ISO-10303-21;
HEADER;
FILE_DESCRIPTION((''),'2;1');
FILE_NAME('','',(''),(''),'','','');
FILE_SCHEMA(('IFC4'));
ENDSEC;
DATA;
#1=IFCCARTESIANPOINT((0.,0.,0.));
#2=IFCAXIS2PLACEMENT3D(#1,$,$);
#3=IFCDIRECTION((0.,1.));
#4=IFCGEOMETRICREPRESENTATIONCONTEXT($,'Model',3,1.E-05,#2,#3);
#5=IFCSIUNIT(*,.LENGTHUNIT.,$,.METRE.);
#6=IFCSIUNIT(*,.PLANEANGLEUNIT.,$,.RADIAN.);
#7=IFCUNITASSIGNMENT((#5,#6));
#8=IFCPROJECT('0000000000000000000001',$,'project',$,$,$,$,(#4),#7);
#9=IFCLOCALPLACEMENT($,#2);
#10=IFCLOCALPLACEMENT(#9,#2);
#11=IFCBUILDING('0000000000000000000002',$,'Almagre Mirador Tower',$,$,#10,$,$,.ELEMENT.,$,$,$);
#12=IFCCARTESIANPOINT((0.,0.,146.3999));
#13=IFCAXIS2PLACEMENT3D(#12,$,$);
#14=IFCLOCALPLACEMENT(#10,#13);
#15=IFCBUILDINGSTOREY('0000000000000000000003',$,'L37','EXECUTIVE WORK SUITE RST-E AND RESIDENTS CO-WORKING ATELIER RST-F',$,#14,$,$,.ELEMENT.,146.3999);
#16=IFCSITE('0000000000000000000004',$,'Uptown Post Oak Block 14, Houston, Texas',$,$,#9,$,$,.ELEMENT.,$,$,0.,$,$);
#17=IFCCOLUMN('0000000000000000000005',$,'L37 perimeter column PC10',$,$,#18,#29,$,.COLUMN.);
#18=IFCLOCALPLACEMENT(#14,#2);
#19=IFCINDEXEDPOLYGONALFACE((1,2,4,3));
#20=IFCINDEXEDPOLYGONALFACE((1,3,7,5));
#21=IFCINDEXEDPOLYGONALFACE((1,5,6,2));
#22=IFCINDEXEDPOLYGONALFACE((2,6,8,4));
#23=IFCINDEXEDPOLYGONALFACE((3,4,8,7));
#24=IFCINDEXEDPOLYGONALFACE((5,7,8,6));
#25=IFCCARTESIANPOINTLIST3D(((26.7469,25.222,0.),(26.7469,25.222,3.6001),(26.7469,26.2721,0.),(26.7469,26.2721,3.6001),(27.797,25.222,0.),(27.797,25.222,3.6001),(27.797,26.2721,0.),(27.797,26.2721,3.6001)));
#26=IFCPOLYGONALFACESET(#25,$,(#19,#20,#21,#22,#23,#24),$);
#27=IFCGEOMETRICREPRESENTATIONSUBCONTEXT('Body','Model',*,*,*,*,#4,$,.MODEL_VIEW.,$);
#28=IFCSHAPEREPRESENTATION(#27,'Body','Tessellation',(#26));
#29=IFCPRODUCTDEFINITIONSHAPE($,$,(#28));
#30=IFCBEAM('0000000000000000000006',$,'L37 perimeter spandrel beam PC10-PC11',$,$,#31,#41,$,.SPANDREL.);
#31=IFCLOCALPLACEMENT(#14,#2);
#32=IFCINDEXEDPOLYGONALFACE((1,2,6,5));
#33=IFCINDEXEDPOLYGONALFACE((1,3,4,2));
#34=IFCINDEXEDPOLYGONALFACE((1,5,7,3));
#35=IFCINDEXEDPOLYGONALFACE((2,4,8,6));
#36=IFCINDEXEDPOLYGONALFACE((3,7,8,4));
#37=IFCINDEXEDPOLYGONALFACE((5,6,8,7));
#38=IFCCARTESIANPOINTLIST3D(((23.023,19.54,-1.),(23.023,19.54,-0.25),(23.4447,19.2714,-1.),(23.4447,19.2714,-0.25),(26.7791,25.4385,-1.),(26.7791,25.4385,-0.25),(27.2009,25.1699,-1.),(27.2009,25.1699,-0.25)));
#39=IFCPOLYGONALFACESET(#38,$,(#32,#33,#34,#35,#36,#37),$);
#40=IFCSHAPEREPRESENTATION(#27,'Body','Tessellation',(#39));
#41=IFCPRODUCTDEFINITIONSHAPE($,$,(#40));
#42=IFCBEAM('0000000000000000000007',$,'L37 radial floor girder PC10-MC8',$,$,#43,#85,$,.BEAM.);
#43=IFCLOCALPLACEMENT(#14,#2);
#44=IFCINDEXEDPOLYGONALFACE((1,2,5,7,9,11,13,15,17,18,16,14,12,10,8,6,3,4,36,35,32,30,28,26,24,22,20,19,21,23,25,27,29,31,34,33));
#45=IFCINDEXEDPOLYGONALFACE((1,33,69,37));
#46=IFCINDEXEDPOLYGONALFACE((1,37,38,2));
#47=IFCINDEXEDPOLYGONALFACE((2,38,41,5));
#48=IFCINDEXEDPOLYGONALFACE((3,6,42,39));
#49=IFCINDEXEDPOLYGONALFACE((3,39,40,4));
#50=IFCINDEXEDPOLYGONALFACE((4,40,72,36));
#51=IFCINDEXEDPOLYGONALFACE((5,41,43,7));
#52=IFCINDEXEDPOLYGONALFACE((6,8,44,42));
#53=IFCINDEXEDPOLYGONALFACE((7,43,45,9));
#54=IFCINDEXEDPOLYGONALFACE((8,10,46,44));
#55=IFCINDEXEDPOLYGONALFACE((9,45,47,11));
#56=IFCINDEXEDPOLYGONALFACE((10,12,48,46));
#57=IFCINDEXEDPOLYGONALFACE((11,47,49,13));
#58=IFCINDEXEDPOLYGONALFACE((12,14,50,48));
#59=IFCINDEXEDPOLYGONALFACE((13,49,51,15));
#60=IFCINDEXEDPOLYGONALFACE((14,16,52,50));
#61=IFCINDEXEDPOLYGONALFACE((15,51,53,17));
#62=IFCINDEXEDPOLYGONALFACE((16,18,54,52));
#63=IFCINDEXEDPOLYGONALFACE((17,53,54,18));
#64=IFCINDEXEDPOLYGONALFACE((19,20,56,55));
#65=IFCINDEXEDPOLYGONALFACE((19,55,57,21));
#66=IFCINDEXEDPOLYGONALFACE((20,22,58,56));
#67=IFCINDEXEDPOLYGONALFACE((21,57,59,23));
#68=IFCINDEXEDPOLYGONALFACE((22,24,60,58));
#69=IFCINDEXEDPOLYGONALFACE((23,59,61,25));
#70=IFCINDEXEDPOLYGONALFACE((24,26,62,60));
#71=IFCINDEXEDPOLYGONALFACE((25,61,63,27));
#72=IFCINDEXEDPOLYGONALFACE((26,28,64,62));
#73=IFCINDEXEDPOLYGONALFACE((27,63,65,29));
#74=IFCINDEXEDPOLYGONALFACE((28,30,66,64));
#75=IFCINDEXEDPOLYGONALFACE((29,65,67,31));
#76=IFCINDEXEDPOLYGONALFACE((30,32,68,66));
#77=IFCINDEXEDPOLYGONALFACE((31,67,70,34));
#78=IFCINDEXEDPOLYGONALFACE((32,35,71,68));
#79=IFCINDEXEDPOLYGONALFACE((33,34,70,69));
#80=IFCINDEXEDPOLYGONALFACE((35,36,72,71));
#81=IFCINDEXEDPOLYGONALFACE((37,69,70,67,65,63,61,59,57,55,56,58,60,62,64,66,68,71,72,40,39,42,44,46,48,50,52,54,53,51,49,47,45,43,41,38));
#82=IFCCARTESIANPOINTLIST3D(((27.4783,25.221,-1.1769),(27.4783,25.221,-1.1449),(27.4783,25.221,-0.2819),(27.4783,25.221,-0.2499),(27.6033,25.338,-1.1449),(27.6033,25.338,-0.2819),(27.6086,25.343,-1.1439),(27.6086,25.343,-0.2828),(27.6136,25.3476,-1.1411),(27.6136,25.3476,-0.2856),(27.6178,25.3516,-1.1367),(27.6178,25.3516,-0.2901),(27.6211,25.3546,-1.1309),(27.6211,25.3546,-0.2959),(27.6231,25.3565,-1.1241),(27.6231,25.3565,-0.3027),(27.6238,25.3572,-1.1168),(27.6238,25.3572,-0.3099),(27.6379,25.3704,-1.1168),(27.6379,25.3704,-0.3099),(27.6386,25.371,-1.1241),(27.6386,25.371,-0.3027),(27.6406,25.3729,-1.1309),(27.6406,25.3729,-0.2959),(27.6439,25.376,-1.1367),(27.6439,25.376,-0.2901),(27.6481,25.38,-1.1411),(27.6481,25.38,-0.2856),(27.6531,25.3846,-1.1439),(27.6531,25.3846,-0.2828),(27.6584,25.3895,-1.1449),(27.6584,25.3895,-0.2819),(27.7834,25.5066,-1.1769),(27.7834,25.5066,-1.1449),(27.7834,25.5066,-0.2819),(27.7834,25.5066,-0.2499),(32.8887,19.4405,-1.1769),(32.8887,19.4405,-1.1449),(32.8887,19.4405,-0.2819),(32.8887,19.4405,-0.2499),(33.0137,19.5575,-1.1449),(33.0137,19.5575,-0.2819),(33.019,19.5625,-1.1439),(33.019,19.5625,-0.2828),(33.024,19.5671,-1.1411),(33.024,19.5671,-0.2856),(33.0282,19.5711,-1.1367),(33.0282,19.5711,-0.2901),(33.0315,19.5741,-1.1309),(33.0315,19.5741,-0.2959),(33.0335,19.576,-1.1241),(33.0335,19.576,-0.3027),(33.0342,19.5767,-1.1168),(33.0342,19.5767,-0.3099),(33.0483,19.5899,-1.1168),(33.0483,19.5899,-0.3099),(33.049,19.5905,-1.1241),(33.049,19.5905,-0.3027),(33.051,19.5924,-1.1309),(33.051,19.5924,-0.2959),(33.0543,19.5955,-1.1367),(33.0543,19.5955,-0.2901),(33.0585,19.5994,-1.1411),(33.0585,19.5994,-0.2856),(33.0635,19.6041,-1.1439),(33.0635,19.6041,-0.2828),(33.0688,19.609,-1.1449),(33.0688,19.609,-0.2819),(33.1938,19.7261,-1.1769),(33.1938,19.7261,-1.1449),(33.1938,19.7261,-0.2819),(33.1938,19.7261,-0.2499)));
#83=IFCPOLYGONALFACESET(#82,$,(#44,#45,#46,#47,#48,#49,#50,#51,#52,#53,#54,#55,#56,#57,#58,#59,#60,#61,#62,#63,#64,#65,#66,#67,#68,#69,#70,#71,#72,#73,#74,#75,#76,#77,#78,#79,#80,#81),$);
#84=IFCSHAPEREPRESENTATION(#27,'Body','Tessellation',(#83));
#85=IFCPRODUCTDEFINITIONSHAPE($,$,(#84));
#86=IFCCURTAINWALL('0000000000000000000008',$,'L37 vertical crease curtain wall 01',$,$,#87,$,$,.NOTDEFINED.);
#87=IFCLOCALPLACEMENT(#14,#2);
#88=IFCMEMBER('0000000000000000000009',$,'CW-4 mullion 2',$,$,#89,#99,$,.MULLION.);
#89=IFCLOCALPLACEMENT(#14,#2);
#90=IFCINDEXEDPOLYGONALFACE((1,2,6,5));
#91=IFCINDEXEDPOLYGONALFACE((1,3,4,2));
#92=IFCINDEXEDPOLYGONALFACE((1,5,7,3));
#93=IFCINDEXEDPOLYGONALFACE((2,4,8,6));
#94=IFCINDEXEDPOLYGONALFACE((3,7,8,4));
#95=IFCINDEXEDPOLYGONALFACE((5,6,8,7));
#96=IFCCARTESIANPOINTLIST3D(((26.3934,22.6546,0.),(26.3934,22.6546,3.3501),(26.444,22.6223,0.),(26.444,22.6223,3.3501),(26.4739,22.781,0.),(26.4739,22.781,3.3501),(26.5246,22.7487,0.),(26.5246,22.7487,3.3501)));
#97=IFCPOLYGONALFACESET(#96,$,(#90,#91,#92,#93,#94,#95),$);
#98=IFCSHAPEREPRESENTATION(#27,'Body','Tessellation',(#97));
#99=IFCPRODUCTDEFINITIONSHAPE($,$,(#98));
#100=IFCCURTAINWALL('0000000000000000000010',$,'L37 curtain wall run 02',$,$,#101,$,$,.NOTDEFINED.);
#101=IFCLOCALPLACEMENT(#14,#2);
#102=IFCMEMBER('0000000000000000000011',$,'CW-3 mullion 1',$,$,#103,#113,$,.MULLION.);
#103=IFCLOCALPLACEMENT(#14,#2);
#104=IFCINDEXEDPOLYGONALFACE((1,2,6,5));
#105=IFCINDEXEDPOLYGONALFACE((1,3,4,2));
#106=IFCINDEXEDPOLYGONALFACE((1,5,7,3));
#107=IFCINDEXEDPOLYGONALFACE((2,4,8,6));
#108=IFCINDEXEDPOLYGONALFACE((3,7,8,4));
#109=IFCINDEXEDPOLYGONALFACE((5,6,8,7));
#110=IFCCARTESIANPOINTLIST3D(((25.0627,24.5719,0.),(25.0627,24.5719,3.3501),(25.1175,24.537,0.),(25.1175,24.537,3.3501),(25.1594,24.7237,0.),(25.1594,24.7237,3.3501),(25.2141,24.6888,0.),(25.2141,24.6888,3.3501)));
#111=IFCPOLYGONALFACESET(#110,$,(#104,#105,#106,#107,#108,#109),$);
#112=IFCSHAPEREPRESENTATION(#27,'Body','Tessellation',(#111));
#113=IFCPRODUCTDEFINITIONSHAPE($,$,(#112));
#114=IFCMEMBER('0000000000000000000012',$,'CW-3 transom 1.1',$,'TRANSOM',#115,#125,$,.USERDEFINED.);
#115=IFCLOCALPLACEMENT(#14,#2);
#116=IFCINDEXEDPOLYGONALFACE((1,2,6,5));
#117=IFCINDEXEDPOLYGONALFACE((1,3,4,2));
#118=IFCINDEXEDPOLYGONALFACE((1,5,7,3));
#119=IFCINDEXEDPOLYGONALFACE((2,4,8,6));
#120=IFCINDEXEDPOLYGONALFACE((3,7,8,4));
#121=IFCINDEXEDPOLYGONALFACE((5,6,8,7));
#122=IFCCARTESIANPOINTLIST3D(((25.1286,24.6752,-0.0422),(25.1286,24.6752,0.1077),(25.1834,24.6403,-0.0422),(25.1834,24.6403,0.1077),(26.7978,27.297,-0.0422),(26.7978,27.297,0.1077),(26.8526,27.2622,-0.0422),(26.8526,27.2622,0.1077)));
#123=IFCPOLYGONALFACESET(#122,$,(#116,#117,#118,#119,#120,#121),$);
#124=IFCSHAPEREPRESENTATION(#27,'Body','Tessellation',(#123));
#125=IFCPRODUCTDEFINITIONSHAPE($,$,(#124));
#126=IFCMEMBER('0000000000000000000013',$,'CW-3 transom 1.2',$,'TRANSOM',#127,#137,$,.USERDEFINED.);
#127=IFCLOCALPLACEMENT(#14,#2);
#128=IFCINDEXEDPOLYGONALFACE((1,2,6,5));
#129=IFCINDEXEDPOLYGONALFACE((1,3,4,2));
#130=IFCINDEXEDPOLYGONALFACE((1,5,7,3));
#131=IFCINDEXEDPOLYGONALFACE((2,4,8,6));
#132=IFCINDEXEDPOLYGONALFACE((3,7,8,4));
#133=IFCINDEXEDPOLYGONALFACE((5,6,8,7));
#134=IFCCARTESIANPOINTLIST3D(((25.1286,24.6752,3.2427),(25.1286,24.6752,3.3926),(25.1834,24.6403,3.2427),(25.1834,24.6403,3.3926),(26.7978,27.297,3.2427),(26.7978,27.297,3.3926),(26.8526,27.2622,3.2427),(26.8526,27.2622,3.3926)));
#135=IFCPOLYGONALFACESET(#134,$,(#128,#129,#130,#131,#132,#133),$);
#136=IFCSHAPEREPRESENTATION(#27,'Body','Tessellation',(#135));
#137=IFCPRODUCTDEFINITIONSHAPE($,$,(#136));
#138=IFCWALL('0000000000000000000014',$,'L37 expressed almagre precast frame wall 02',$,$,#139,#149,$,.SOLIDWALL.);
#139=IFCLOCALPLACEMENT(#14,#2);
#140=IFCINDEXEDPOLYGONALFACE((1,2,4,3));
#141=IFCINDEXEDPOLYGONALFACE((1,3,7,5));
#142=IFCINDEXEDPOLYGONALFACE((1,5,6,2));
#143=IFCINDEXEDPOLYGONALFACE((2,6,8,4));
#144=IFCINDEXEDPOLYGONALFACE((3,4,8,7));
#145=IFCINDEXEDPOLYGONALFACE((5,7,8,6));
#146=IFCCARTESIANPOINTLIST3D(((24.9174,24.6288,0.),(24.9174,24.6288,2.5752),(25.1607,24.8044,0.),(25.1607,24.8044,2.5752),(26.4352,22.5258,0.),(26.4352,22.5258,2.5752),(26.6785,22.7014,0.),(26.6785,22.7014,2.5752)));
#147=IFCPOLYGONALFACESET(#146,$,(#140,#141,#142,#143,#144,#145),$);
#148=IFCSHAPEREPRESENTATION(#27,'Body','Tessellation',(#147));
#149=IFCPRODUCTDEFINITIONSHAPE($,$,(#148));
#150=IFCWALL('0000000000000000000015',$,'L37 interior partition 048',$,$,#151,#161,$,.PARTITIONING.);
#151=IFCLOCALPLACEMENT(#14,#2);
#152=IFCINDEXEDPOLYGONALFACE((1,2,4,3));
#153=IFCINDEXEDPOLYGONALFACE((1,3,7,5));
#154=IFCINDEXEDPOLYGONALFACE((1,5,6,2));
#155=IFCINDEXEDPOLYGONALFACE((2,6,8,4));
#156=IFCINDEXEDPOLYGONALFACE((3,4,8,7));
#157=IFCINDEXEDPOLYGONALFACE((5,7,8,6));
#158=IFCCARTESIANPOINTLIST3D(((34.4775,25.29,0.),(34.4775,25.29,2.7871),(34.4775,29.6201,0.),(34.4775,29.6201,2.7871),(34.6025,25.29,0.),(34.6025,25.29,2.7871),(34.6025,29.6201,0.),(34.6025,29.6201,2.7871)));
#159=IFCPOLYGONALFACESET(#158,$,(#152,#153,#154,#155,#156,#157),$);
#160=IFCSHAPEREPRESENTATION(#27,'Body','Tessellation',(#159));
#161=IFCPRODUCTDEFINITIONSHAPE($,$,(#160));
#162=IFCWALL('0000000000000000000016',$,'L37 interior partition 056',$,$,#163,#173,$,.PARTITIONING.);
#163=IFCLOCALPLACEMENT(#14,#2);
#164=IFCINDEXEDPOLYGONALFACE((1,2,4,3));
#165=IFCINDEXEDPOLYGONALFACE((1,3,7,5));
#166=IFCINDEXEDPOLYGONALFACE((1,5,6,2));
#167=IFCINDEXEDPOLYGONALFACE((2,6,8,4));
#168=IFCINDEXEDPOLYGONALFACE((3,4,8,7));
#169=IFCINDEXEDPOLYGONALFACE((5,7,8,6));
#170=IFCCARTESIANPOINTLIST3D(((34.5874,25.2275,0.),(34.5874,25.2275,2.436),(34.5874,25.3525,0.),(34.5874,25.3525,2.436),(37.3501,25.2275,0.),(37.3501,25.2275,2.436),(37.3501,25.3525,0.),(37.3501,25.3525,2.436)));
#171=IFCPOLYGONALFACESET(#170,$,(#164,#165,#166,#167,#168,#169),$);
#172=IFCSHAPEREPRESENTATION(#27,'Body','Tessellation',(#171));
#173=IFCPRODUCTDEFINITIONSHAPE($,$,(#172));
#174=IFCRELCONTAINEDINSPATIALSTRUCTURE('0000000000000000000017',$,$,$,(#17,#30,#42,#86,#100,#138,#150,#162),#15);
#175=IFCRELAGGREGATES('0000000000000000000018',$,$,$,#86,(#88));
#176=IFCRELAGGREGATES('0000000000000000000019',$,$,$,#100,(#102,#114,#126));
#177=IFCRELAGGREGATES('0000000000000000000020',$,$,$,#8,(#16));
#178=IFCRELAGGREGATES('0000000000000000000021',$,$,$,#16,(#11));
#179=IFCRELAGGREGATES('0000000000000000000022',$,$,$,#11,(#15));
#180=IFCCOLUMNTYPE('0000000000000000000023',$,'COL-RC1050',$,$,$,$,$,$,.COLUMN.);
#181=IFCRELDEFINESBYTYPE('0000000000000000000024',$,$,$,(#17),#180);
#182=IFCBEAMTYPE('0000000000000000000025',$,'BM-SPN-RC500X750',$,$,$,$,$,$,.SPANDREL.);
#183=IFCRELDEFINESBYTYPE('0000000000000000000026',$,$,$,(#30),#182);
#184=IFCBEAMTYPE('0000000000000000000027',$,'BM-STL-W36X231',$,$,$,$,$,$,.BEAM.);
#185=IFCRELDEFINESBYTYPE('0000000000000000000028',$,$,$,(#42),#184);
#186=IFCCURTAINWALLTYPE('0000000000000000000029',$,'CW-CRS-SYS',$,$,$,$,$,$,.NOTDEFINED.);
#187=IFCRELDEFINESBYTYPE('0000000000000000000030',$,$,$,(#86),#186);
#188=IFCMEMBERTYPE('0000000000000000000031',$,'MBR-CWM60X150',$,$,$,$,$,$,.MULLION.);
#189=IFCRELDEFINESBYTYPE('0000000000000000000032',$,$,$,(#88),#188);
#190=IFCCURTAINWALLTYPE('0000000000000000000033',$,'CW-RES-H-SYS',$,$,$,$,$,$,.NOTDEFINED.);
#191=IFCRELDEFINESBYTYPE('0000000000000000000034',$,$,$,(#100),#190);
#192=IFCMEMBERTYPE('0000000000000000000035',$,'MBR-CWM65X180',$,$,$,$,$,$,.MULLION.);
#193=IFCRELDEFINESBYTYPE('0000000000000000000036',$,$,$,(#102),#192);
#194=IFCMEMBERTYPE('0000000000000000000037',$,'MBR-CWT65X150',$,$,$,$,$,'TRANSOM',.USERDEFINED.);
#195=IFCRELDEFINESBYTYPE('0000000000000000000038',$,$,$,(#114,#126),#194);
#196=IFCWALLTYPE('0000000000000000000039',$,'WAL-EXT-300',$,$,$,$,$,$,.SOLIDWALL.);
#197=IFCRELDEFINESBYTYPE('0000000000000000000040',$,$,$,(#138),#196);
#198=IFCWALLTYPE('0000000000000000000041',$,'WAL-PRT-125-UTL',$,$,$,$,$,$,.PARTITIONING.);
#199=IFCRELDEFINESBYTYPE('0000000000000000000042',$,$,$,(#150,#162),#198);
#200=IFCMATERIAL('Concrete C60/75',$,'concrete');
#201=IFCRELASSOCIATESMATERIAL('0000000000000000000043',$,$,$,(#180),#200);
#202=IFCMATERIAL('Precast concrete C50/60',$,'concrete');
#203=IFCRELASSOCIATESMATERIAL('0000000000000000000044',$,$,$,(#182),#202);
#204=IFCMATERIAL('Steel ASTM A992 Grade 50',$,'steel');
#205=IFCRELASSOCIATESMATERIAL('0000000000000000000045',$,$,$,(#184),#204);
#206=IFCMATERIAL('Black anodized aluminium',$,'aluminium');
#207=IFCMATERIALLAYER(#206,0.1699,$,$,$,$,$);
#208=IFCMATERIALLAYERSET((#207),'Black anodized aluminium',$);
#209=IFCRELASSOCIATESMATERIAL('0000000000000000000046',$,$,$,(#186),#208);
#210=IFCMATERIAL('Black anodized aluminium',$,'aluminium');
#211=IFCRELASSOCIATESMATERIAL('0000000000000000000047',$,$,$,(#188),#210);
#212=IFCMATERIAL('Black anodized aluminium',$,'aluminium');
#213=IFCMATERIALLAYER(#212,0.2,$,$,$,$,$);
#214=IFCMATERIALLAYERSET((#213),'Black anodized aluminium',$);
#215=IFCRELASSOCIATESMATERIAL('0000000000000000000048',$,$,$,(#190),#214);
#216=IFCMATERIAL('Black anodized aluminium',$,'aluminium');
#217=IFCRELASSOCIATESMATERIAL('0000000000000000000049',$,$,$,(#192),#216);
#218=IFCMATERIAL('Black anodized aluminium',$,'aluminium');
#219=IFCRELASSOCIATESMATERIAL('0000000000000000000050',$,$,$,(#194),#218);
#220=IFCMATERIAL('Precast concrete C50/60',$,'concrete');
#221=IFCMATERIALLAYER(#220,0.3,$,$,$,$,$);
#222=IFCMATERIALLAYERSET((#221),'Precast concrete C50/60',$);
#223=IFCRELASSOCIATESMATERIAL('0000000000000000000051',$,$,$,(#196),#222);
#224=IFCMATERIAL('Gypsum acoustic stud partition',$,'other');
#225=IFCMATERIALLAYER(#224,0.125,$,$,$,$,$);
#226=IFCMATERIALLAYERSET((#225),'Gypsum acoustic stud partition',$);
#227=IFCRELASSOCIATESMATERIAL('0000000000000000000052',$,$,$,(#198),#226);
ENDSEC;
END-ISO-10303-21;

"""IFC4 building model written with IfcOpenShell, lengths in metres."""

from ifc_helpers import new_model, si_unit, direction, frame, frame_2d, origin, origin_2d, place, context, subcontext, project, spatial, rectangle, i_section, extrude, material, layer, layer_set, material_profile, profile_set, type_object, element, aggregate, save


model = new_model("IFC4")

# Units and contexts
model_context = context("Model", 3, precision=1e-05, world=origin(), true_north=direction((0.0, 1.0)))
body_context = subcontext(model_context, "Body", "Model", "MODEL_VIEW")
ifc_project = project(units=[si_unit("LENGTHUNIT", "METRE"), si_unit("PLANEANGLEUNIT", "RADIAN")], contexts=[model_context])

# Site, building, storey
site_placement = place(None, origin())
site = spatial("IfcSite", under=ifc_project, at=site_placement, Name="Uptown Post Oak Block 14, Houston, Texas", CompositionType="ELEMENT", RefElevation=0.0)
building_placement = place(site_placement, origin())
building = spatial("IfcBuilding", under=site, at=building_placement, Name="Almagre Mirador Tower", CompositionType="ELEMENT")
storey_placement = place(building_placement, frame((0.0, 0.0, 146.3999)))
storey = spatial("IfcBuildingStorey", under=building, at=storey_placement, Name="L37", Description="EXECUTIVE WORK SUITE RST-E AND RESIDENTS CO-WORKING ATELIER RST-F", CompositionType="ELEMENT", Elevation=146.3999)

# Column
ifc_material_1 = material(Name="Concrete C60/75", Category="concrete")
ifc_material_profile_1 = material_profile(ifc_material_1, rectangle(XDim=1.05, YDim=1.05, at=origin_2d()), Name="RC1050X1050")
ifc_profile_set_1 = profile_set([ifc_material_profile_1], Name="Concrete C60/75")
column_type = type_object("IfcColumnType", Name="COL-RC1050", PredefinedType="COLUMN", material=ifc_profile_set_1)
column_placement = place(storey_placement, frame((27.272, 25.7471, 0.0), z_axis=(0.0, 0.0, 1.0), x_axis=(1.0, 0.0, 0.0)))
element("IfcColumn", 1, at=column_placement, inside=storey, type_object=column_type, Name="L37 perimeter column PC10", PredefinedType="COLUMN", context=body_context, shape_type="SweptSolid", body=[
    extrude(rectangle(XDim=1.05, YDim=1.05, at=origin_2d()), origin(), (0.0, 0.0, 1.0), 3.6001),
])

# Beams
ifc_material_2 = material(Name="Precast concrete C50/60", Category="concrete")
ifc_material_profile_2 = material_profile(ifc_material_2, rectangle(XDim=0.5, YDim=0.75, at=origin_2d()), Name="RC500X750")
ifc_profile_set_2 = profile_set([ifc_material_profile_2], Name="Precast concrete C50/60")
beam_type_1 = type_object("IfcBeamType", Name="BM-SPN-RC500X750", PredefinedType="SPANDREL", material=ifc_profile_set_2)
beam_1_placement = place(storey_placement, frame((26.99, 25.3042, -0.625), z_axis=(-0.537135, -0.843496, 0.0), x_axis=(0.843496, -0.537135, 0.0)))
element("IfcBeam", 2, at=beam_1_placement, inside=storey, type_object=beam_type_1, Name="L37 perimeter spandrel beam PC10-PC11", PredefinedType="SPANDREL", context=body_context, shape_type="SweptSolid", body=[
    extrude(rectangle(XDim=0.5, YDim=0.75, at=origin_2d()), origin(), (0.0, 0.0, 1.0), 6.9929),
])
ifc_material_3 = material(Name="Steel ASTM A992 Grade 50", Category="steel")
ifc_material_profile_3 = material_profile(ifc_material_3, i_section(OverallWidth=0.418, OverallDepth=0.927, WebThickness=0.0193, FlangeThickness=0.032, FilletRadius=0.0281, at=origin_2d()), Name="W36X231")
ifc_profile_set_3 = profile_set([ifc_material_profile_3], Name="Steel ASTM A992 Grade 50")
beam_type_2 = type_object("IfcBeamType", Name="BM-STL-W36X231", PredefinedType="BEAM", material=ifc_profile_set_3)
beam_2_placement = place(storey_placement, frame((27.6309, 25.3638, -0.7134), z_axis=(0.683347, -0.730094, 0.0), x_axis=(0.730094, 0.683347, 0.0)))
element("IfcBeam", 3, at=beam_2_placement, inside=storey, type_object=beam_type_2, Name="L37 radial floor girder PC10-MC8", PredefinedType="BEAM", context=body_context, shape_type="SweptSolid", body=[
    extrude(i_section(OverallWidth=0.418, OverallDepth=0.927, WebThickness=0.0193, FlangeThickness=0.032, FilletRadius=0.0281, at=origin_2d()), origin(), (0.0, 0.0, 1.0), 7.9175),
])

# Curtain wall, member
ifc_material_4 = material(Name="Black anodized aluminium", Category="aluminium")
ifc_layer_1 = layer(ifc_material_4, 0.1699)
ifc_layer_set_1 = layer_set([ifc_layer_1], Name="Black anodized aluminium")
curtain_wall_type_1 = type_object("IfcCurtainWallType", Name="CW-CRS-SYS", PredefinedType="NOTDEFINED", material=ifc_layer_set_1)
curtain_wall_1_placement = place(storey_placement, origin())
curtain_wall_1 = element("IfcCurtainWall", 4, at=curtain_wall_1_placement, inside=storey, type_object=curtain_wall_type_1, Name="L37 vertical crease curtain wall 01", PredefinedType="NOTDEFINED")
ifc_material_5 = material(Name="Black anodized aluminium", Category="aluminium")
ifc_material_profile_4 = material_profile(ifc_material_5, rectangle(XDim=0.0601, YDim=0.1499, at=origin_2d()), Name="CWM60X150")
ifc_profile_set_4 = profile_set([ifc_material_profile_4], Name="Black anodized aluminium")
member_type_1 = type_object("IfcMemberType", Name="MBR-CWM60X150", PredefinedType="MULLION", material=ifc_profile_set_4)
member_1_placement = place(storey_placement, frame((26.459, 22.7017, 0.0), z_axis=(0.0, 0.0, 1.0), x_axis=(-0.843425, 0.537247, 0.0)))
member_1 = element("IfcMember", 5, at=member_1_placement, type_object=member_type_1, Name="CW-4 mullion 2", PredefinedType="MULLION", context=body_context, shape_type="SweptSolid", body=[
    extrude(rectangle(XDim=0.0601, YDim=0.1499, at=origin_2d()), origin(), (0.0, 0.0, 1.0), 3.3501),
])
aggregate(curtain_wall_1, [member_1])

# Curtain wall, members
ifc_material_6 = material(Name="Black anodized aluminium", Category="aluminium")
ifc_layer_2 = layer(ifc_material_6, 0.2)
ifc_layer_set_2 = layer_set([ifc_layer_2], Name="Black anodized aluminium")
curtain_wall_type_2 = type_object("IfcCurtainWallType", Name="CW-RES-H-SYS", PredefinedType="NOTDEFINED", material=ifc_layer_set_2)
curtain_wall_2_placement = place(storey_placement, origin())
curtain_wall_2 = element("IfcCurtainWall", 6, at=curtain_wall_2_placement, inside=storey, type_object=curtain_wall_type_2, Name="L37 curtain wall run 02", PredefinedType="NOTDEFINED")
ifc_material_7 = material(Name="Black anodized aluminium", Category="aluminium")
ifc_material_profile_5 = material_profile(ifc_material_7, rectangle(XDim=0.0649, YDim=0.1799, at=origin_2d()), Name="CWM65X180")
ifc_profile_set_5 = profile_set([ifc_material_profile_5], Name="Black anodized aluminium")
member_type_2 = type_object("IfcMemberType", Name="MBR-CWM65X180", PredefinedType="MULLION", material=ifc_profile_set_5)
member_2_placement = place(storey_placement, frame((25.1384, 24.6304, 0.0), z_axis=(0.0, 0.0, 1.0), x_axis=(-0.843518, 0.537102, 0.0)))
member_2 = element("IfcMember", 7, at=member_2_placement, type_object=member_type_2, Name="CW-3 mullion 1", PredefinedType="MULLION", context=body_context, shape_type="SweptSolid", body=[
    extrude(rectangle(XDim=0.0649, YDim=0.1799, at=origin_2d()), origin(), (0.0, 0.0, 1.0), 3.3501),
])
ifc_material_8 = material(Name="Black anodized aluminium", Category="aluminium")
ifc_material_profile_6 = material_profile(ifc_material_8, rectangle(XDim=0.0649, YDim=0.1499, at=origin_2d()), Name="CWT65X150")
ifc_profile_set_6 = profile_set([ifc_material_profile_6], Name="Black anodized aluminium")
member_type_3 = type_object("IfcMemberType", Name="MBR-CWT65X150", ElementType="TRANSOM", PredefinedType="USERDEFINED", material=ifc_profile_set_6)
member_3_placement = place(storey_placement, frame((25.156, 24.6577, 0.0327), z_axis=(0.537048, 0.843551, 0.0), x_axis=(-0.843551, 0.537048, 0.0)))
member_3 = element("IfcMember", 8, at=member_3_placement, type_object=member_type_3, Name="CW-3 transom 1.1", ObjectType="TRANSOM", PredefinedType="USERDEFINED", context=body_context, shape_type="SweptSolid", body=[
    extrude(rectangle(XDim=0.0649, YDim=0.1499, at=origin_2d()), origin(), (0.0, 0.0, 1.0), 3.1082),
])
member_4_placement = place(storey_placement, frame((25.156, 24.6577, 3.3176), z_axis=(0.537048, 0.843551, 0.0), x_axis=(-0.843551, 0.537048, 0.0)))
member_4 = element("IfcMember", 9, at=member_4_placement, type_object=member_type_3, Name="CW-3 transom 1.2", ObjectType="TRANSOM", PredefinedType="USERDEFINED", context=body_context, shape_type="SweptSolid", body=[
    extrude(rectangle(XDim=0.0649, YDim=0.1499, at=origin_2d()), origin(), (0.0, 0.0, 1.0), 3.1082),
])
aggregate(curtain_wall_2, [member_2, member_3, member_4])

# Walls
ifc_material_9 = material(Name="Precast concrete C50/60", Category="concrete")
ifc_layer_3 = layer(ifc_material_9, 0.3)
ifc_layer_set_3 = layer_set([ifc_layer_3], Name="Precast concrete C50/60")
wall_type_1 = type_object("IfcWallType", Name="WAL-EXT-300", PredefinedType="SOLIDWALL", material=ifc_layer_set_3)
wall_1_placement = place(storey_placement, frame((26.5569, 22.6135, 0.0), z_axis=(0.0, 0.0, 1.0), x_axis=(-0.585229, 0.810868, 0.0)))
element("IfcWall", 10, at=wall_1_placement, inside=storey, type_object=wall_type_1, Name="L37 expressed almagre precast frame wall 02", PredefinedType="SOLIDWALL", context=body_context, shape_type="SweptSolid", body=[
    extrude(rectangle(XDim=2.5935, YDim=0.3, at=frame_2d((1.2969, 0.0))), origin(), (0.0, 0.0, 1.0), 2.5752),
])
ifc_material_10 = material(Name="Gypsum acoustic stud partition", Category="other")
ifc_layer_4 = layer(ifc_material_10, 0.125)
ifc_layer_set_4 = layer_set([ifc_layer_4], Name="Gypsum acoustic stud partition")
wall_type_2 = type_object("IfcWallType", Name="WAL-PRT-125-UTL", PredefinedType="PARTITIONING", material=ifc_layer_set_4)
wall_2_placement = place(storey_placement, frame((34.54, 25.29, 0.0), z_axis=(0.0, 0.0, 1.0), x_axis=(0.0, 1.0, 0.0)))
element("IfcWall", 11, at=wall_2_placement, inside=storey, type_object=wall_type_2, Name="L37 interior partition 048", PredefinedType="PARTITIONING", context=body_context, shape_type="SweptSolid", body=[
    extrude(rectangle(XDim=4.3301, YDim=0.125, at=frame_2d((2.165, 0.0))), origin(), (0.0, 0.0, 1.0), 2.7871),
])
wall_3_placement = place(storey_placement, frame((34.5874, 25.29, 0.0), z_axis=(0.0, 0.0, 1.0), x_axis=(1.0, 0.0, 0.0)))
element("IfcWall", 12, at=wall_3_placement, inside=storey, type_object=wall_type_2, Name="L37 interior partition 056", PredefinedType="PARTITIONING", context=body_context, shape_type="SweptSolid", body=[
    extrude(rectangle(XDim=2.7627, YDim=0.125, at=frame_2d((1.3813, 0.0))), origin(), (0.0, 0.0, 1.0), 2.436),
])

save(model, "model.ifc")
